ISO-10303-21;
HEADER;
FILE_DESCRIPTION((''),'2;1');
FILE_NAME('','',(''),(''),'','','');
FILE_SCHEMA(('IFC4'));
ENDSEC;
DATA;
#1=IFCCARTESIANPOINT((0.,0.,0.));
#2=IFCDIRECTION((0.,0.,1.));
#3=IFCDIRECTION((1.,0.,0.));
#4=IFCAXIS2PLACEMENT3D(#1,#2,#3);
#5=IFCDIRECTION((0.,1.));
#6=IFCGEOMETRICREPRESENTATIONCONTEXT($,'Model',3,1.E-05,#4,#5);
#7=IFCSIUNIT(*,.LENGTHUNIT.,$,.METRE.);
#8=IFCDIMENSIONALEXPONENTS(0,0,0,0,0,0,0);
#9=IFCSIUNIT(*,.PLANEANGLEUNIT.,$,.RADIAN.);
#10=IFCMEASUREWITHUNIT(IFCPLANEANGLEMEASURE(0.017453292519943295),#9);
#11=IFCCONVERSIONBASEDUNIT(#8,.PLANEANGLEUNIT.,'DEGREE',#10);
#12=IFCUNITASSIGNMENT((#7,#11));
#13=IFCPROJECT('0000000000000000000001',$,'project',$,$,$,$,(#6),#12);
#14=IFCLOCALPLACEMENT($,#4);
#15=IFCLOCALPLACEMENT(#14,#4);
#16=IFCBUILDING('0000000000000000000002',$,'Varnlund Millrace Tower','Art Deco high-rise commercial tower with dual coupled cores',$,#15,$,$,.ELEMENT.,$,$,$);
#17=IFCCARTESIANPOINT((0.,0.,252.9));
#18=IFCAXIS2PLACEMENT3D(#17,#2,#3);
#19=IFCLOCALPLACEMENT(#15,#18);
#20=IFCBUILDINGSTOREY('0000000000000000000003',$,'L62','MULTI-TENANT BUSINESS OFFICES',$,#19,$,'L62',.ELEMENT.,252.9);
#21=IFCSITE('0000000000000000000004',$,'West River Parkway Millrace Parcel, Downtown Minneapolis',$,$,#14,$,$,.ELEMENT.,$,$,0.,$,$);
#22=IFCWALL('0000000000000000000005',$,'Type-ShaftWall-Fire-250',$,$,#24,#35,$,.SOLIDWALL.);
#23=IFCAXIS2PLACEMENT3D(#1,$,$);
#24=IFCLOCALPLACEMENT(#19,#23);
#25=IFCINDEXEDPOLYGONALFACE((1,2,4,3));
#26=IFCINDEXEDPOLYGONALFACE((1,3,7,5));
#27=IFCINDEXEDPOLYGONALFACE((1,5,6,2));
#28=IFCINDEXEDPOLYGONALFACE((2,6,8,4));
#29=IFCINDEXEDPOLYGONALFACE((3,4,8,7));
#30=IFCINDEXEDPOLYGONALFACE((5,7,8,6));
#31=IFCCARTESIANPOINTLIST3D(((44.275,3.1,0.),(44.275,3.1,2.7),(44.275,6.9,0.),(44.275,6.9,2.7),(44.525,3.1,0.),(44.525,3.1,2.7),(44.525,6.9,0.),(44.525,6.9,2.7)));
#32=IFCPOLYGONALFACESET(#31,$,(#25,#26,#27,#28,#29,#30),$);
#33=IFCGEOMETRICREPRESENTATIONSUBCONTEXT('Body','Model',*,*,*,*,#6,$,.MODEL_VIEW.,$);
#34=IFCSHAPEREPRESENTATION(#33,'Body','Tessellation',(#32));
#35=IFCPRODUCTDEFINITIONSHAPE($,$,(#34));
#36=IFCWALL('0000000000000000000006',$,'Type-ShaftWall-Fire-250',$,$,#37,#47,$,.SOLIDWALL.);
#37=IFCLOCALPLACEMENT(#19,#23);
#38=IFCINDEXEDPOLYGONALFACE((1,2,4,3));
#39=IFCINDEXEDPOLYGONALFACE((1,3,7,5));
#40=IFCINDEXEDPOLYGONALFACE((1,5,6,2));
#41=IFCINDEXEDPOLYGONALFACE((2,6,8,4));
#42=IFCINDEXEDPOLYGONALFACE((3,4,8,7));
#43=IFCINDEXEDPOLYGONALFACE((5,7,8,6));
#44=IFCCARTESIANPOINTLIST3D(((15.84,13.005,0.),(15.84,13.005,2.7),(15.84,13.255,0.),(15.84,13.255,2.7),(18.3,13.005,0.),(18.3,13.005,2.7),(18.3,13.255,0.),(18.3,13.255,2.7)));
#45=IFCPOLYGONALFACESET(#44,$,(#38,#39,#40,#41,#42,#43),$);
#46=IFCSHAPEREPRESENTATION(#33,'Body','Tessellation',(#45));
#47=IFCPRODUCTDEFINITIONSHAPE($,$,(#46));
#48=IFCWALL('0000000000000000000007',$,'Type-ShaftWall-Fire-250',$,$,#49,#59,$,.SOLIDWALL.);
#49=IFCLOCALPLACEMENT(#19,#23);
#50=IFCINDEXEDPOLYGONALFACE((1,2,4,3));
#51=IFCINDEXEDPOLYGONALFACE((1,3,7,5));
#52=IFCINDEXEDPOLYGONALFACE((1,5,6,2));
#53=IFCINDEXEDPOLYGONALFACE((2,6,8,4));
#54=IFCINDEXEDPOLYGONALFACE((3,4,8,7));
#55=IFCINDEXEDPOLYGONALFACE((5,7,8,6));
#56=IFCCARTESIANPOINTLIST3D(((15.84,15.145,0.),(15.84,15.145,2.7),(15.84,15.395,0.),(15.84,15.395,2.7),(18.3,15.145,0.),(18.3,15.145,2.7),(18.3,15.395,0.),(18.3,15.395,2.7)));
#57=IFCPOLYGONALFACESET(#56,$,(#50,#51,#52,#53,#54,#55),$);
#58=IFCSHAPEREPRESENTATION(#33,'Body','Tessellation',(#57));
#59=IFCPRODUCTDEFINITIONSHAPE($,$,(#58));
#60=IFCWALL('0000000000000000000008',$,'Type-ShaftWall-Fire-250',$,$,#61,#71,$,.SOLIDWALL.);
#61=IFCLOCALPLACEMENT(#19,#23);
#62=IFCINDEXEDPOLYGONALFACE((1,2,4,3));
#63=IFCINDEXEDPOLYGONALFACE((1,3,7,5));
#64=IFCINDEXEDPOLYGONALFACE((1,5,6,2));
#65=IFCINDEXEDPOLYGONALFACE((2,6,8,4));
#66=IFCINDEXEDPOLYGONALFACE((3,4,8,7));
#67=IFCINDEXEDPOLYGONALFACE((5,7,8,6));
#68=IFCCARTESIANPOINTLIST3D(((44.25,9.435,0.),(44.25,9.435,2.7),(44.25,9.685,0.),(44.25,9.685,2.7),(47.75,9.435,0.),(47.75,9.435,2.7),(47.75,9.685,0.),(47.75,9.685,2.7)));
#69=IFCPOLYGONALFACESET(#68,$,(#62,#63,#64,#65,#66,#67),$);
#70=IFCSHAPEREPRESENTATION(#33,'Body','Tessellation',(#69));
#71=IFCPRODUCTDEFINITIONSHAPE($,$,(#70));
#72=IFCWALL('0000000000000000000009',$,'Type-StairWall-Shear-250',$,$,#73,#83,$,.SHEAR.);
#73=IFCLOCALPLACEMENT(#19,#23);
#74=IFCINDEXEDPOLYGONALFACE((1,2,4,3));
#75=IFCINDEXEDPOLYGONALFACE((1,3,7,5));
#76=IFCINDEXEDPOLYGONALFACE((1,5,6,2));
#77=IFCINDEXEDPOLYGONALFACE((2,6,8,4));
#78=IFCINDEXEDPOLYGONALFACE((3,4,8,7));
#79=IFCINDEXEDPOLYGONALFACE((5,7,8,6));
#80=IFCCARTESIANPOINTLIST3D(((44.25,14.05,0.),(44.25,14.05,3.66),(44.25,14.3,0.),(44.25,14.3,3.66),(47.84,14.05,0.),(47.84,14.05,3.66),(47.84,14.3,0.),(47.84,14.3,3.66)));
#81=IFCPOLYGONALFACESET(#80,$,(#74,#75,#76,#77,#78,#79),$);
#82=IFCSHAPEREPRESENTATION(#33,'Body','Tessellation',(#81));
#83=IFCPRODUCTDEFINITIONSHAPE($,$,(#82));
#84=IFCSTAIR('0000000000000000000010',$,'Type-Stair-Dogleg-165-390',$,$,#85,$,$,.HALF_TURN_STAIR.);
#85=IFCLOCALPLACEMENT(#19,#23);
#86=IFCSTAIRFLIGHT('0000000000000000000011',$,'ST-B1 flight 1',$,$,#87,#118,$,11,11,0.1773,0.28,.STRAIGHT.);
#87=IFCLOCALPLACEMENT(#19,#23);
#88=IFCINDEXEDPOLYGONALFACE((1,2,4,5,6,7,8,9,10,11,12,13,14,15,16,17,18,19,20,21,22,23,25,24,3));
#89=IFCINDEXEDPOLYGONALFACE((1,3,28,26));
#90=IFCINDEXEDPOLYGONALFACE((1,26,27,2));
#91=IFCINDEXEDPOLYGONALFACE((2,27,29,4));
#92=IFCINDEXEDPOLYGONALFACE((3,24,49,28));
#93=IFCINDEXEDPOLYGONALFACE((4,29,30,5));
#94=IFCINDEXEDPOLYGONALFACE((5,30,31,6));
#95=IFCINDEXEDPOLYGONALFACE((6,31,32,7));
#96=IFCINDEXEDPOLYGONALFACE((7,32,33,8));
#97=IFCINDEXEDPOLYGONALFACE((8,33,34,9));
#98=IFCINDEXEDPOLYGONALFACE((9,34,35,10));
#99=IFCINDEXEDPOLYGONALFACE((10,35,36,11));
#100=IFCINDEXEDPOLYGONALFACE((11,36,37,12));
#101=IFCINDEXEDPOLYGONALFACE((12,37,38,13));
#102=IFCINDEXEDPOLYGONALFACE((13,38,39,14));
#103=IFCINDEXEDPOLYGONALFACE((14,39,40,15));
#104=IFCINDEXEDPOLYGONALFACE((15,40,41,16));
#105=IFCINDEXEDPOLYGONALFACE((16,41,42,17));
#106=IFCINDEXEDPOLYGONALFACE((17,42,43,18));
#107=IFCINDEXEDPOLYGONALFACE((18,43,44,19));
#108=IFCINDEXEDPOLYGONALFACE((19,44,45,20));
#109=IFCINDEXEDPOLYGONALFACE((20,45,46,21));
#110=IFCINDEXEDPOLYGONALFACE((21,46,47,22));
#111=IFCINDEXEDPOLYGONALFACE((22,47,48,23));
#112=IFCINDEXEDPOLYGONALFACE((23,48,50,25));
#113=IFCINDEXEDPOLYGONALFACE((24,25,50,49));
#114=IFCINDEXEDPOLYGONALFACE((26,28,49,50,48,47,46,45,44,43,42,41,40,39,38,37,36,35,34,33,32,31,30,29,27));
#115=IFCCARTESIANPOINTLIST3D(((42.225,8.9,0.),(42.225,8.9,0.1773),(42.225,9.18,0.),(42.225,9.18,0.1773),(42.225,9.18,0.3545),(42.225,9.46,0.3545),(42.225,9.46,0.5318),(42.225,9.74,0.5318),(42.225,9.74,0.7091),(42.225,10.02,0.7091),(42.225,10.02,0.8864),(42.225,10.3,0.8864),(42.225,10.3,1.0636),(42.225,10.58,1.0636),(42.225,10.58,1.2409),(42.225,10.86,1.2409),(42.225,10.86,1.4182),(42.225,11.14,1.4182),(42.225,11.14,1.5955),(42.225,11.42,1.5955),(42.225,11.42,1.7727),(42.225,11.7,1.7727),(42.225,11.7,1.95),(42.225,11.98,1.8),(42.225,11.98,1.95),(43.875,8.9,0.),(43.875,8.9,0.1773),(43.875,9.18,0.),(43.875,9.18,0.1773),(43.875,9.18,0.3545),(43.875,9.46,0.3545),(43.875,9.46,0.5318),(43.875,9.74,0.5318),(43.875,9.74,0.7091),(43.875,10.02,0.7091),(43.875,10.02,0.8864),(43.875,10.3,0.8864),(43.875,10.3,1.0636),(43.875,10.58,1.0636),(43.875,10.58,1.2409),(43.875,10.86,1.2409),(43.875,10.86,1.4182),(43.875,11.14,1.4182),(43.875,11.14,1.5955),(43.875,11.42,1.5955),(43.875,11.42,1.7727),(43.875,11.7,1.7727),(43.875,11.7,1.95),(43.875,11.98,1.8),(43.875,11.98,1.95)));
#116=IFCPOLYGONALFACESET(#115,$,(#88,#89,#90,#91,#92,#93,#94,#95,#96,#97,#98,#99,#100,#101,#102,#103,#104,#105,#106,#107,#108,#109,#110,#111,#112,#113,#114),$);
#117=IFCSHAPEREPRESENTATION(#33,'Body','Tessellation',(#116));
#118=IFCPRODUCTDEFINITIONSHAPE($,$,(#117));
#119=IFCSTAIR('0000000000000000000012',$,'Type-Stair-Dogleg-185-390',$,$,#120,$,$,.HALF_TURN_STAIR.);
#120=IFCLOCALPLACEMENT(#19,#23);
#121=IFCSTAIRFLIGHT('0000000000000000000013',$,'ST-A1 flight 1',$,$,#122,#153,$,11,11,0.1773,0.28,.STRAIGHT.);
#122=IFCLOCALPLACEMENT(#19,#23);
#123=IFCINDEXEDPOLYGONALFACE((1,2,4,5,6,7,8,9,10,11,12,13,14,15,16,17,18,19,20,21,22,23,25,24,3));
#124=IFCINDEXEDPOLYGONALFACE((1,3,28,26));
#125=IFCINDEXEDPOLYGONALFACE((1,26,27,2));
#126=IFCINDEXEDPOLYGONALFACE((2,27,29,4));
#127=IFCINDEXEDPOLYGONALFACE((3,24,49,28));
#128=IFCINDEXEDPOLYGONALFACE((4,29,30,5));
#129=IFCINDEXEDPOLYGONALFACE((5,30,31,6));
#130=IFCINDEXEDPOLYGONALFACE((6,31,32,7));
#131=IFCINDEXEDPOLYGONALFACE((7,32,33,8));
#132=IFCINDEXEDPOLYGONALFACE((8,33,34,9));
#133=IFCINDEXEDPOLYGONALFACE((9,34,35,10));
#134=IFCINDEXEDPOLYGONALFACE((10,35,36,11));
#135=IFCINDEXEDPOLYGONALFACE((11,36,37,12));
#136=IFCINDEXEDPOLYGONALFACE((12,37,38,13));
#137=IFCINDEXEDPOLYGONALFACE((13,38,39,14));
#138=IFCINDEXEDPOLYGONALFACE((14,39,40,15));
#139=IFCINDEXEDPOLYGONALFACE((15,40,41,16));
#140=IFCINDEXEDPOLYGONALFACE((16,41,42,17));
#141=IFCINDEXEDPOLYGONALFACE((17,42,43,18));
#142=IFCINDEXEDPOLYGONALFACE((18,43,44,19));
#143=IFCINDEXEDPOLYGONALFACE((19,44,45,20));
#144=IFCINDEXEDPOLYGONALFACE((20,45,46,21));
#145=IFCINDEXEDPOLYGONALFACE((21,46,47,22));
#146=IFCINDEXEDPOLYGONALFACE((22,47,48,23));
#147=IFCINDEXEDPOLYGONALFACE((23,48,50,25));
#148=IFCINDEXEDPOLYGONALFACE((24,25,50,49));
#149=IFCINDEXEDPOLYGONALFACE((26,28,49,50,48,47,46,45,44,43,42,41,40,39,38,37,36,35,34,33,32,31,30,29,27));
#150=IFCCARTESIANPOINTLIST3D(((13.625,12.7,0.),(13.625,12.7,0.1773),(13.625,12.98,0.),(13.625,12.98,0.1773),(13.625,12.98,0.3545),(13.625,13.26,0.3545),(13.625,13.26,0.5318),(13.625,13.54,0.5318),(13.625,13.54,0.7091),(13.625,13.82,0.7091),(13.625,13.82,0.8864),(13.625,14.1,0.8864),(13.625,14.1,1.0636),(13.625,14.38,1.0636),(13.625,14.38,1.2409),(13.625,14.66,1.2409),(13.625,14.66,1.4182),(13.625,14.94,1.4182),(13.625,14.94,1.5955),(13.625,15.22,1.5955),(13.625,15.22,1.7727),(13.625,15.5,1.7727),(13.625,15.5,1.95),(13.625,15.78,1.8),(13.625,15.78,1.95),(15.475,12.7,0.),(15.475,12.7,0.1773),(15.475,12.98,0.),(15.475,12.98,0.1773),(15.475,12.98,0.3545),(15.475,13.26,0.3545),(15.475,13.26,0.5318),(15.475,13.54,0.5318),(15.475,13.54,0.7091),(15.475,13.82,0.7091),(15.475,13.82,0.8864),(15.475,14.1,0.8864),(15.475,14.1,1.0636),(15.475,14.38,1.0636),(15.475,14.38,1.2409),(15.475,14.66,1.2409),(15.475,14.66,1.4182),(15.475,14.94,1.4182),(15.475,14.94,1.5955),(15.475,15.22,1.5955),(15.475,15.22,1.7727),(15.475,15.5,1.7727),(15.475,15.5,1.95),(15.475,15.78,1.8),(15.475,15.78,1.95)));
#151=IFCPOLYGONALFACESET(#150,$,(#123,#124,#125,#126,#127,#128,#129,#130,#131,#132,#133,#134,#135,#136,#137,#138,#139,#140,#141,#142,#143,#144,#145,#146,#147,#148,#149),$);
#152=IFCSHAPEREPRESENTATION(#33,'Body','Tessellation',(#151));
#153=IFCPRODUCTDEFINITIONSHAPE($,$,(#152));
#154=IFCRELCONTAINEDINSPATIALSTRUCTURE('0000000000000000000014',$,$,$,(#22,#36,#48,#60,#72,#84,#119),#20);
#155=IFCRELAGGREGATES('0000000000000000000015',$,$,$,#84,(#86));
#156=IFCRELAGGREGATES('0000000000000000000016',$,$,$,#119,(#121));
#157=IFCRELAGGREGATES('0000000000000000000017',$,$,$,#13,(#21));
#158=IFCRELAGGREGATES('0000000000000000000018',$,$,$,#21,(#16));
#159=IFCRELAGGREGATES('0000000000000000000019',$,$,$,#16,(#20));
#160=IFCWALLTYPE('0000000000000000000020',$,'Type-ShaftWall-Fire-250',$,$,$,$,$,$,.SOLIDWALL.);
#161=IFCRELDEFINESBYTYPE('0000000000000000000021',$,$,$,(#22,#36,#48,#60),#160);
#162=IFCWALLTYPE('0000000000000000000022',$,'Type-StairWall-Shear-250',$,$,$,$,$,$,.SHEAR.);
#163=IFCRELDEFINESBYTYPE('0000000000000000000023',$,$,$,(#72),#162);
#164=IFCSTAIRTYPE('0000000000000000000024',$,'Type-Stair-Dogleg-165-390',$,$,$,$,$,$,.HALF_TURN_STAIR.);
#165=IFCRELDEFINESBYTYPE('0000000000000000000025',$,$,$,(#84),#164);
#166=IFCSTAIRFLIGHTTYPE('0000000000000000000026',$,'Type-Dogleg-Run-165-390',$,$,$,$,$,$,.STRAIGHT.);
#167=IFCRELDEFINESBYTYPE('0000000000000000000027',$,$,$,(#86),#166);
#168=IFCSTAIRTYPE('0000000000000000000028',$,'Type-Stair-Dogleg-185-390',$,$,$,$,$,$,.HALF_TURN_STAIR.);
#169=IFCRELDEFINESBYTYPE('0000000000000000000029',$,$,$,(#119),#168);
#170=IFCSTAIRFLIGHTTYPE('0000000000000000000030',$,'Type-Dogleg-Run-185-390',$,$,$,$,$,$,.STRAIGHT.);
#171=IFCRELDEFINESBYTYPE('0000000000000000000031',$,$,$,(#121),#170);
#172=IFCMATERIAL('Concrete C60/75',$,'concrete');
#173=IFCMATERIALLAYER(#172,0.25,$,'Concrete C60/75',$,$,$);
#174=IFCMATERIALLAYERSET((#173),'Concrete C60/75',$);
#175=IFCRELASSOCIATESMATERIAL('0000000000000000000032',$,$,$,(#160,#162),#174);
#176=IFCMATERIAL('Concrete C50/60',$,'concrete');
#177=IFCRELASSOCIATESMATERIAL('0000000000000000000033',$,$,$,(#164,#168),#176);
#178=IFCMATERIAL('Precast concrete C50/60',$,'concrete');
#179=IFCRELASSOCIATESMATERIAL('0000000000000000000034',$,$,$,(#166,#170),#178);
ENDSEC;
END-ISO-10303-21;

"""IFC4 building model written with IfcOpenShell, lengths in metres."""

from ifc_helpers import new_model, entity, si_unit, converted_unit, direction, frame, origin_with_axes, place, context, subcontext, project, spatial, polyline, outline, extrude, material, layer, layer_set, type_object, element, aggregate, save


model = new_model("IFC4")

# Units and contexts
model_context = context("Model", 3, precision=1e-05, world=origin_with_axes(), true_north=direction((0.0, 1.0)))
body_context = subcontext(model_context, "Body", "Model", "MODEL_VIEW")
ifc_project = project(units=[si_unit("LENGTHUNIT", "METRE"), converted_unit("PLANEANGLEUNIT", "DEGREE", entity("IfcPlaneAngleMeasure", 0.017453292519943295), si_unit("PLANEANGLEUNIT", "RADIAN"), dimensions=[0, 0, 0, 0, 0, 0, 0])], contexts=[model_context])

# Site, building, storey
site_placement = place(None, origin_with_axes())
site = spatial("IfcSite", under=ifc_project, at=site_placement, Name="West River Parkway Millrace Parcel, Downtown Minneapolis", CompositionType="ELEMENT", RefElevation=0.0)
building_placement = place(site_placement, origin_with_axes())
building = spatial("IfcBuilding", under=site, at=building_placement, Name="Varnlund Millrace Tower", Description="Art Deco high-rise commercial tower with dual coupled cores", CompositionType="ELEMENT")
storey_placement = place(building_placement, frame((0.0, 0.0, 252.9), z_axis=(0.0, 0.0, 1.0), x_axis=(1.0, 0.0, 0.0)))
storey = spatial("IfcBuildingStorey", under=building, at=storey_placement, Name="L62", Description="MULTI-TENANT BUSINESS OFFICES", LongName="L62", CompositionType="ELEMENT", Elevation=252.9)

# Shared definitions
ifc_material_1 = material(Name="Concrete C60/75", Category="concrete")

# Shared definitions
ifc_layer_1 = layer(ifc_material_1, 0.25, Name="Concrete C60/75")
ifc_layer_set_1 = layer_set([ifc_layer_1], Name="Concrete C60/75")
wall_type_1 = type_object("IfcWallType", Name="Type-ShaftWall-Fire-250", PredefinedType="SOLIDWALL", material=ifc_layer_set_1)

# Walls
wall_1_placement = place(storey_placement, frame((44.4, 3.1, 0.0), z_axis=(0.0, 0.0, 1.0), x_axis=(0.0, 1.0, 0.0)))
element("IfcWall", 1, at=wall_1_placement, inside=storey, type_object=wall_type_1, Name="Type-ShaftWall-Fire-250", PredefinedType="SOLIDWALL", context=body_context, shape_type="SweptSolid", body=[
    extrude(outline(polyline([(0.0, -0.125), (3.8, -0.125), (3.8, 0.125), (0.0, 0.125), (0.0, -0.125)])), origin_with_axes(), (0.0, 0.0, 1.0), 2.7),
])
for number, where, z_axis, x_axis, name in (
    (2, (15.84, 13.13, 0.0), (0.0, 0.0, 1.0), (1.0, 0.0, 0.0), "Type-ShaftWall-Fire-250"),
    (3, (15.84, 15.27, 0.0), (0.0, 0.0, 1.0), (1.0, 0.0, 0.0), "Type-ShaftWall-Fire-250"),
):
    element("IfcWall", number, at=place(storey_placement, frame(where, z_axis=z_axis, x_axis=x_axis)), inside=storey, type_object=wall_type_1, Name=name, PredefinedType="SOLIDWALL", context=body_context, shape_type="SweptSolid", body=[
        extrude(outline(polyline([(0.0, -0.125), (2.46, -0.125), (2.46, 0.125), (0.0, 0.125), (0.0, -0.125)])), origin_with_axes(), (0.0, 0.0, 1.0), 2.7),
    ])
wall_2_placement = place(storey_placement, frame((44.25, 9.56, 0.0), z_axis=(0.0, 0.0, 1.0), x_axis=(1.0, 0.0, 0.0)))
element("IfcWall", 4, at=wall_2_placement, inside=storey, type_object=wall_type_1, Name="Type-ShaftWall-Fire-250", PredefinedType="SOLIDWALL", context=body_context, shape_type="SweptSolid", body=[
    extrude(outline(polyline([(0.0, -0.125), (3.5, -0.125), (3.5, 0.125), (0.0, 0.125), (0.0, -0.125)])), origin_with_axes(), (0.0, 0.0, 1.0), 2.7),
])
wall_type_2 = type_object("IfcWallType", Name="Type-StairWall-Shear-250", PredefinedType="SHEAR", material=ifc_layer_set_1)
wall_3_placement = place(storey_placement, frame((44.25, 14.175, 0.0), z_axis=(0.0, 0.0, 1.0), x_axis=(1.0, 0.0, 0.0)))
element("IfcWall", 5, at=wall_3_placement, inside=storey, type_object=wall_type_2, Name="Type-StairWall-Shear-250", PredefinedType="SHEAR", context=body_context, shape_type="SweptSolid", body=[
    extrude(outline(polyline([(0.0, -0.125), (3.59, -0.125), (3.59, 0.125), (0.0, 0.125), (0.0, -0.125)])), origin_with_axes(), (0.0, 0.0, 1.0), 3.66),
])

# Stairs, stair flights
ifc_material_2 = material(Name="Concrete C50/60", Category="concrete")
stair_type_1 = type_object("IfcStairType", Name="Type-Stair-Dogleg-165-390", PredefinedType="HALF_TURN_STAIR", material=ifc_material_2)
stair_1_placement = place(storey_placement, origin_with_axes())
stair_1 = element("IfcStair", 6, at=stair_1_placement, inside=storey, type_object=stair_type_1, Name="Type-Stair-Dogleg-165-390", PredefinedType="HALF_TURN_STAIR")
ifc_material_3 = material(Name="Precast concrete C50/60", Category="concrete")
stair_flight_type_1 = type_object("IfcStairFlightType", Name="Type-Dogleg-Run-165-390", PredefinedType="STRAIGHT", material=ifc_material_3)
stair_flight_1_placement = place(storey_placement, frame((42.225, 8.9, 0.0), z_axis=(1.0, 0.0, 0.0), x_axis=(0.0, 1.0, 0.0)))
stair_flight_1 = element("IfcStairFlight", 7, at=stair_flight_1_placement, type_object=stair_flight_type_1, Name="ST-B1 flight 1", NumberOfRisers=11, NumberOfTreads=11, PredefinedType="STRAIGHT", RiserHeight=0.1773, TreadLength=0.28, context=body_context, shape_type="SweptSolid", body=[
    extrude(outline(polyline([(0.0, 0.0), (0.0, 0.1773), (0.28, 0.1773), (0.28, 0.3545), (0.56, 0.3545), (0.56, 0.5318), (0.84, 0.5318), (0.84, 0.7091), (1.12, 0.7091), (1.12, 0.8864), (1.4, 0.8864), (1.4, 1.0636), (1.68, 1.0636), (1.68, 1.2409), (1.96, 1.2409), (1.96, 1.4182), (2.24, 1.4182), (2.24, 1.5955), (2.52, 1.5955), (2.52, 1.7727), (2.8, 1.7727), (2.8, 1.95), (3.08, 1.95), (3.08, 1.8), (0.28, 0.0), (0.0, 0.0)])), origin_with_axes(), (0.0, 0.0, 1.0), 1.65),
])
aggregate(stair_1, [stair_flight_1])
stair_type_2 = type_object("IfcStairType", Name="Type-Stair-Dogleg-185-390", PredefinedType="HALF_TURN_STAIR", material=ifc_material_2)
stair_2_placement = place(storey_placement, origin_with_axes())
stair_2 = element("IfcStair", 8, at=stair_2_placement, inside=storey, type_object=stair_type_2, Name="Type-Stair-Dogleg-185-390", PredefinedType="HALF_TURN_STAIR")
stair_flight_type_2 = type_object("IfcStairFlightType", Name="Type-Dogleg-Run-185-390", PredefinedType="STRAIGHT", material=ifc_material_3)
stair_flight_2_placement = place(storey_placement, frame((13.625, 12.7, 0.0), z_axis=(1.0, 0.0, 0.0), x_axis=(0.0, 1.0, 0.0)))
stair_flight_2 = element("IfcStairFlight", 9, at=stair_flight_2_placement, type_object=stair_flight_type_2, Name="ST-A1 flight 1", NumberOfRisers=11, NumberOfTreads=11, PredefinedType="STRAIGHT", RiserHeight=0.1773, TreadLength=0.28, context=body_context, shape_type="SweptSolid", body=[
    extrude(outline(polyline([(0.0, 0.0), (0.0, 0.1773), (0.28, 0.1773), (0.28, 0.3545), (0.56, 0.3545), (0.56, 0.5318), (0.84, 0.5318), (0.84, 0.7091), (1.12, 0.7091), (1.12, 0.8864), (1.4, 0.8864), (1.4, 1.0636), (1.68, 1.0636), (1.68, 1.2409), (1.96, 1.2409), (1.96, 1.4182), (2.24, 1.4182), (2.24, 1.5955), (2.52, 1.5955), (2.52, 1.7727), (2.8, 1.7727), (2.8, 1.95), (3.08, 1.95), (3.08, 1.8), (0.28, 0.0), (0.0, 0.0)])), origin_with_axes(), (0.0, 0.0, 1.0), 1.85),
])
aggregate(stair_2, [stair_flight_2])

save(model, "model.ifc")
